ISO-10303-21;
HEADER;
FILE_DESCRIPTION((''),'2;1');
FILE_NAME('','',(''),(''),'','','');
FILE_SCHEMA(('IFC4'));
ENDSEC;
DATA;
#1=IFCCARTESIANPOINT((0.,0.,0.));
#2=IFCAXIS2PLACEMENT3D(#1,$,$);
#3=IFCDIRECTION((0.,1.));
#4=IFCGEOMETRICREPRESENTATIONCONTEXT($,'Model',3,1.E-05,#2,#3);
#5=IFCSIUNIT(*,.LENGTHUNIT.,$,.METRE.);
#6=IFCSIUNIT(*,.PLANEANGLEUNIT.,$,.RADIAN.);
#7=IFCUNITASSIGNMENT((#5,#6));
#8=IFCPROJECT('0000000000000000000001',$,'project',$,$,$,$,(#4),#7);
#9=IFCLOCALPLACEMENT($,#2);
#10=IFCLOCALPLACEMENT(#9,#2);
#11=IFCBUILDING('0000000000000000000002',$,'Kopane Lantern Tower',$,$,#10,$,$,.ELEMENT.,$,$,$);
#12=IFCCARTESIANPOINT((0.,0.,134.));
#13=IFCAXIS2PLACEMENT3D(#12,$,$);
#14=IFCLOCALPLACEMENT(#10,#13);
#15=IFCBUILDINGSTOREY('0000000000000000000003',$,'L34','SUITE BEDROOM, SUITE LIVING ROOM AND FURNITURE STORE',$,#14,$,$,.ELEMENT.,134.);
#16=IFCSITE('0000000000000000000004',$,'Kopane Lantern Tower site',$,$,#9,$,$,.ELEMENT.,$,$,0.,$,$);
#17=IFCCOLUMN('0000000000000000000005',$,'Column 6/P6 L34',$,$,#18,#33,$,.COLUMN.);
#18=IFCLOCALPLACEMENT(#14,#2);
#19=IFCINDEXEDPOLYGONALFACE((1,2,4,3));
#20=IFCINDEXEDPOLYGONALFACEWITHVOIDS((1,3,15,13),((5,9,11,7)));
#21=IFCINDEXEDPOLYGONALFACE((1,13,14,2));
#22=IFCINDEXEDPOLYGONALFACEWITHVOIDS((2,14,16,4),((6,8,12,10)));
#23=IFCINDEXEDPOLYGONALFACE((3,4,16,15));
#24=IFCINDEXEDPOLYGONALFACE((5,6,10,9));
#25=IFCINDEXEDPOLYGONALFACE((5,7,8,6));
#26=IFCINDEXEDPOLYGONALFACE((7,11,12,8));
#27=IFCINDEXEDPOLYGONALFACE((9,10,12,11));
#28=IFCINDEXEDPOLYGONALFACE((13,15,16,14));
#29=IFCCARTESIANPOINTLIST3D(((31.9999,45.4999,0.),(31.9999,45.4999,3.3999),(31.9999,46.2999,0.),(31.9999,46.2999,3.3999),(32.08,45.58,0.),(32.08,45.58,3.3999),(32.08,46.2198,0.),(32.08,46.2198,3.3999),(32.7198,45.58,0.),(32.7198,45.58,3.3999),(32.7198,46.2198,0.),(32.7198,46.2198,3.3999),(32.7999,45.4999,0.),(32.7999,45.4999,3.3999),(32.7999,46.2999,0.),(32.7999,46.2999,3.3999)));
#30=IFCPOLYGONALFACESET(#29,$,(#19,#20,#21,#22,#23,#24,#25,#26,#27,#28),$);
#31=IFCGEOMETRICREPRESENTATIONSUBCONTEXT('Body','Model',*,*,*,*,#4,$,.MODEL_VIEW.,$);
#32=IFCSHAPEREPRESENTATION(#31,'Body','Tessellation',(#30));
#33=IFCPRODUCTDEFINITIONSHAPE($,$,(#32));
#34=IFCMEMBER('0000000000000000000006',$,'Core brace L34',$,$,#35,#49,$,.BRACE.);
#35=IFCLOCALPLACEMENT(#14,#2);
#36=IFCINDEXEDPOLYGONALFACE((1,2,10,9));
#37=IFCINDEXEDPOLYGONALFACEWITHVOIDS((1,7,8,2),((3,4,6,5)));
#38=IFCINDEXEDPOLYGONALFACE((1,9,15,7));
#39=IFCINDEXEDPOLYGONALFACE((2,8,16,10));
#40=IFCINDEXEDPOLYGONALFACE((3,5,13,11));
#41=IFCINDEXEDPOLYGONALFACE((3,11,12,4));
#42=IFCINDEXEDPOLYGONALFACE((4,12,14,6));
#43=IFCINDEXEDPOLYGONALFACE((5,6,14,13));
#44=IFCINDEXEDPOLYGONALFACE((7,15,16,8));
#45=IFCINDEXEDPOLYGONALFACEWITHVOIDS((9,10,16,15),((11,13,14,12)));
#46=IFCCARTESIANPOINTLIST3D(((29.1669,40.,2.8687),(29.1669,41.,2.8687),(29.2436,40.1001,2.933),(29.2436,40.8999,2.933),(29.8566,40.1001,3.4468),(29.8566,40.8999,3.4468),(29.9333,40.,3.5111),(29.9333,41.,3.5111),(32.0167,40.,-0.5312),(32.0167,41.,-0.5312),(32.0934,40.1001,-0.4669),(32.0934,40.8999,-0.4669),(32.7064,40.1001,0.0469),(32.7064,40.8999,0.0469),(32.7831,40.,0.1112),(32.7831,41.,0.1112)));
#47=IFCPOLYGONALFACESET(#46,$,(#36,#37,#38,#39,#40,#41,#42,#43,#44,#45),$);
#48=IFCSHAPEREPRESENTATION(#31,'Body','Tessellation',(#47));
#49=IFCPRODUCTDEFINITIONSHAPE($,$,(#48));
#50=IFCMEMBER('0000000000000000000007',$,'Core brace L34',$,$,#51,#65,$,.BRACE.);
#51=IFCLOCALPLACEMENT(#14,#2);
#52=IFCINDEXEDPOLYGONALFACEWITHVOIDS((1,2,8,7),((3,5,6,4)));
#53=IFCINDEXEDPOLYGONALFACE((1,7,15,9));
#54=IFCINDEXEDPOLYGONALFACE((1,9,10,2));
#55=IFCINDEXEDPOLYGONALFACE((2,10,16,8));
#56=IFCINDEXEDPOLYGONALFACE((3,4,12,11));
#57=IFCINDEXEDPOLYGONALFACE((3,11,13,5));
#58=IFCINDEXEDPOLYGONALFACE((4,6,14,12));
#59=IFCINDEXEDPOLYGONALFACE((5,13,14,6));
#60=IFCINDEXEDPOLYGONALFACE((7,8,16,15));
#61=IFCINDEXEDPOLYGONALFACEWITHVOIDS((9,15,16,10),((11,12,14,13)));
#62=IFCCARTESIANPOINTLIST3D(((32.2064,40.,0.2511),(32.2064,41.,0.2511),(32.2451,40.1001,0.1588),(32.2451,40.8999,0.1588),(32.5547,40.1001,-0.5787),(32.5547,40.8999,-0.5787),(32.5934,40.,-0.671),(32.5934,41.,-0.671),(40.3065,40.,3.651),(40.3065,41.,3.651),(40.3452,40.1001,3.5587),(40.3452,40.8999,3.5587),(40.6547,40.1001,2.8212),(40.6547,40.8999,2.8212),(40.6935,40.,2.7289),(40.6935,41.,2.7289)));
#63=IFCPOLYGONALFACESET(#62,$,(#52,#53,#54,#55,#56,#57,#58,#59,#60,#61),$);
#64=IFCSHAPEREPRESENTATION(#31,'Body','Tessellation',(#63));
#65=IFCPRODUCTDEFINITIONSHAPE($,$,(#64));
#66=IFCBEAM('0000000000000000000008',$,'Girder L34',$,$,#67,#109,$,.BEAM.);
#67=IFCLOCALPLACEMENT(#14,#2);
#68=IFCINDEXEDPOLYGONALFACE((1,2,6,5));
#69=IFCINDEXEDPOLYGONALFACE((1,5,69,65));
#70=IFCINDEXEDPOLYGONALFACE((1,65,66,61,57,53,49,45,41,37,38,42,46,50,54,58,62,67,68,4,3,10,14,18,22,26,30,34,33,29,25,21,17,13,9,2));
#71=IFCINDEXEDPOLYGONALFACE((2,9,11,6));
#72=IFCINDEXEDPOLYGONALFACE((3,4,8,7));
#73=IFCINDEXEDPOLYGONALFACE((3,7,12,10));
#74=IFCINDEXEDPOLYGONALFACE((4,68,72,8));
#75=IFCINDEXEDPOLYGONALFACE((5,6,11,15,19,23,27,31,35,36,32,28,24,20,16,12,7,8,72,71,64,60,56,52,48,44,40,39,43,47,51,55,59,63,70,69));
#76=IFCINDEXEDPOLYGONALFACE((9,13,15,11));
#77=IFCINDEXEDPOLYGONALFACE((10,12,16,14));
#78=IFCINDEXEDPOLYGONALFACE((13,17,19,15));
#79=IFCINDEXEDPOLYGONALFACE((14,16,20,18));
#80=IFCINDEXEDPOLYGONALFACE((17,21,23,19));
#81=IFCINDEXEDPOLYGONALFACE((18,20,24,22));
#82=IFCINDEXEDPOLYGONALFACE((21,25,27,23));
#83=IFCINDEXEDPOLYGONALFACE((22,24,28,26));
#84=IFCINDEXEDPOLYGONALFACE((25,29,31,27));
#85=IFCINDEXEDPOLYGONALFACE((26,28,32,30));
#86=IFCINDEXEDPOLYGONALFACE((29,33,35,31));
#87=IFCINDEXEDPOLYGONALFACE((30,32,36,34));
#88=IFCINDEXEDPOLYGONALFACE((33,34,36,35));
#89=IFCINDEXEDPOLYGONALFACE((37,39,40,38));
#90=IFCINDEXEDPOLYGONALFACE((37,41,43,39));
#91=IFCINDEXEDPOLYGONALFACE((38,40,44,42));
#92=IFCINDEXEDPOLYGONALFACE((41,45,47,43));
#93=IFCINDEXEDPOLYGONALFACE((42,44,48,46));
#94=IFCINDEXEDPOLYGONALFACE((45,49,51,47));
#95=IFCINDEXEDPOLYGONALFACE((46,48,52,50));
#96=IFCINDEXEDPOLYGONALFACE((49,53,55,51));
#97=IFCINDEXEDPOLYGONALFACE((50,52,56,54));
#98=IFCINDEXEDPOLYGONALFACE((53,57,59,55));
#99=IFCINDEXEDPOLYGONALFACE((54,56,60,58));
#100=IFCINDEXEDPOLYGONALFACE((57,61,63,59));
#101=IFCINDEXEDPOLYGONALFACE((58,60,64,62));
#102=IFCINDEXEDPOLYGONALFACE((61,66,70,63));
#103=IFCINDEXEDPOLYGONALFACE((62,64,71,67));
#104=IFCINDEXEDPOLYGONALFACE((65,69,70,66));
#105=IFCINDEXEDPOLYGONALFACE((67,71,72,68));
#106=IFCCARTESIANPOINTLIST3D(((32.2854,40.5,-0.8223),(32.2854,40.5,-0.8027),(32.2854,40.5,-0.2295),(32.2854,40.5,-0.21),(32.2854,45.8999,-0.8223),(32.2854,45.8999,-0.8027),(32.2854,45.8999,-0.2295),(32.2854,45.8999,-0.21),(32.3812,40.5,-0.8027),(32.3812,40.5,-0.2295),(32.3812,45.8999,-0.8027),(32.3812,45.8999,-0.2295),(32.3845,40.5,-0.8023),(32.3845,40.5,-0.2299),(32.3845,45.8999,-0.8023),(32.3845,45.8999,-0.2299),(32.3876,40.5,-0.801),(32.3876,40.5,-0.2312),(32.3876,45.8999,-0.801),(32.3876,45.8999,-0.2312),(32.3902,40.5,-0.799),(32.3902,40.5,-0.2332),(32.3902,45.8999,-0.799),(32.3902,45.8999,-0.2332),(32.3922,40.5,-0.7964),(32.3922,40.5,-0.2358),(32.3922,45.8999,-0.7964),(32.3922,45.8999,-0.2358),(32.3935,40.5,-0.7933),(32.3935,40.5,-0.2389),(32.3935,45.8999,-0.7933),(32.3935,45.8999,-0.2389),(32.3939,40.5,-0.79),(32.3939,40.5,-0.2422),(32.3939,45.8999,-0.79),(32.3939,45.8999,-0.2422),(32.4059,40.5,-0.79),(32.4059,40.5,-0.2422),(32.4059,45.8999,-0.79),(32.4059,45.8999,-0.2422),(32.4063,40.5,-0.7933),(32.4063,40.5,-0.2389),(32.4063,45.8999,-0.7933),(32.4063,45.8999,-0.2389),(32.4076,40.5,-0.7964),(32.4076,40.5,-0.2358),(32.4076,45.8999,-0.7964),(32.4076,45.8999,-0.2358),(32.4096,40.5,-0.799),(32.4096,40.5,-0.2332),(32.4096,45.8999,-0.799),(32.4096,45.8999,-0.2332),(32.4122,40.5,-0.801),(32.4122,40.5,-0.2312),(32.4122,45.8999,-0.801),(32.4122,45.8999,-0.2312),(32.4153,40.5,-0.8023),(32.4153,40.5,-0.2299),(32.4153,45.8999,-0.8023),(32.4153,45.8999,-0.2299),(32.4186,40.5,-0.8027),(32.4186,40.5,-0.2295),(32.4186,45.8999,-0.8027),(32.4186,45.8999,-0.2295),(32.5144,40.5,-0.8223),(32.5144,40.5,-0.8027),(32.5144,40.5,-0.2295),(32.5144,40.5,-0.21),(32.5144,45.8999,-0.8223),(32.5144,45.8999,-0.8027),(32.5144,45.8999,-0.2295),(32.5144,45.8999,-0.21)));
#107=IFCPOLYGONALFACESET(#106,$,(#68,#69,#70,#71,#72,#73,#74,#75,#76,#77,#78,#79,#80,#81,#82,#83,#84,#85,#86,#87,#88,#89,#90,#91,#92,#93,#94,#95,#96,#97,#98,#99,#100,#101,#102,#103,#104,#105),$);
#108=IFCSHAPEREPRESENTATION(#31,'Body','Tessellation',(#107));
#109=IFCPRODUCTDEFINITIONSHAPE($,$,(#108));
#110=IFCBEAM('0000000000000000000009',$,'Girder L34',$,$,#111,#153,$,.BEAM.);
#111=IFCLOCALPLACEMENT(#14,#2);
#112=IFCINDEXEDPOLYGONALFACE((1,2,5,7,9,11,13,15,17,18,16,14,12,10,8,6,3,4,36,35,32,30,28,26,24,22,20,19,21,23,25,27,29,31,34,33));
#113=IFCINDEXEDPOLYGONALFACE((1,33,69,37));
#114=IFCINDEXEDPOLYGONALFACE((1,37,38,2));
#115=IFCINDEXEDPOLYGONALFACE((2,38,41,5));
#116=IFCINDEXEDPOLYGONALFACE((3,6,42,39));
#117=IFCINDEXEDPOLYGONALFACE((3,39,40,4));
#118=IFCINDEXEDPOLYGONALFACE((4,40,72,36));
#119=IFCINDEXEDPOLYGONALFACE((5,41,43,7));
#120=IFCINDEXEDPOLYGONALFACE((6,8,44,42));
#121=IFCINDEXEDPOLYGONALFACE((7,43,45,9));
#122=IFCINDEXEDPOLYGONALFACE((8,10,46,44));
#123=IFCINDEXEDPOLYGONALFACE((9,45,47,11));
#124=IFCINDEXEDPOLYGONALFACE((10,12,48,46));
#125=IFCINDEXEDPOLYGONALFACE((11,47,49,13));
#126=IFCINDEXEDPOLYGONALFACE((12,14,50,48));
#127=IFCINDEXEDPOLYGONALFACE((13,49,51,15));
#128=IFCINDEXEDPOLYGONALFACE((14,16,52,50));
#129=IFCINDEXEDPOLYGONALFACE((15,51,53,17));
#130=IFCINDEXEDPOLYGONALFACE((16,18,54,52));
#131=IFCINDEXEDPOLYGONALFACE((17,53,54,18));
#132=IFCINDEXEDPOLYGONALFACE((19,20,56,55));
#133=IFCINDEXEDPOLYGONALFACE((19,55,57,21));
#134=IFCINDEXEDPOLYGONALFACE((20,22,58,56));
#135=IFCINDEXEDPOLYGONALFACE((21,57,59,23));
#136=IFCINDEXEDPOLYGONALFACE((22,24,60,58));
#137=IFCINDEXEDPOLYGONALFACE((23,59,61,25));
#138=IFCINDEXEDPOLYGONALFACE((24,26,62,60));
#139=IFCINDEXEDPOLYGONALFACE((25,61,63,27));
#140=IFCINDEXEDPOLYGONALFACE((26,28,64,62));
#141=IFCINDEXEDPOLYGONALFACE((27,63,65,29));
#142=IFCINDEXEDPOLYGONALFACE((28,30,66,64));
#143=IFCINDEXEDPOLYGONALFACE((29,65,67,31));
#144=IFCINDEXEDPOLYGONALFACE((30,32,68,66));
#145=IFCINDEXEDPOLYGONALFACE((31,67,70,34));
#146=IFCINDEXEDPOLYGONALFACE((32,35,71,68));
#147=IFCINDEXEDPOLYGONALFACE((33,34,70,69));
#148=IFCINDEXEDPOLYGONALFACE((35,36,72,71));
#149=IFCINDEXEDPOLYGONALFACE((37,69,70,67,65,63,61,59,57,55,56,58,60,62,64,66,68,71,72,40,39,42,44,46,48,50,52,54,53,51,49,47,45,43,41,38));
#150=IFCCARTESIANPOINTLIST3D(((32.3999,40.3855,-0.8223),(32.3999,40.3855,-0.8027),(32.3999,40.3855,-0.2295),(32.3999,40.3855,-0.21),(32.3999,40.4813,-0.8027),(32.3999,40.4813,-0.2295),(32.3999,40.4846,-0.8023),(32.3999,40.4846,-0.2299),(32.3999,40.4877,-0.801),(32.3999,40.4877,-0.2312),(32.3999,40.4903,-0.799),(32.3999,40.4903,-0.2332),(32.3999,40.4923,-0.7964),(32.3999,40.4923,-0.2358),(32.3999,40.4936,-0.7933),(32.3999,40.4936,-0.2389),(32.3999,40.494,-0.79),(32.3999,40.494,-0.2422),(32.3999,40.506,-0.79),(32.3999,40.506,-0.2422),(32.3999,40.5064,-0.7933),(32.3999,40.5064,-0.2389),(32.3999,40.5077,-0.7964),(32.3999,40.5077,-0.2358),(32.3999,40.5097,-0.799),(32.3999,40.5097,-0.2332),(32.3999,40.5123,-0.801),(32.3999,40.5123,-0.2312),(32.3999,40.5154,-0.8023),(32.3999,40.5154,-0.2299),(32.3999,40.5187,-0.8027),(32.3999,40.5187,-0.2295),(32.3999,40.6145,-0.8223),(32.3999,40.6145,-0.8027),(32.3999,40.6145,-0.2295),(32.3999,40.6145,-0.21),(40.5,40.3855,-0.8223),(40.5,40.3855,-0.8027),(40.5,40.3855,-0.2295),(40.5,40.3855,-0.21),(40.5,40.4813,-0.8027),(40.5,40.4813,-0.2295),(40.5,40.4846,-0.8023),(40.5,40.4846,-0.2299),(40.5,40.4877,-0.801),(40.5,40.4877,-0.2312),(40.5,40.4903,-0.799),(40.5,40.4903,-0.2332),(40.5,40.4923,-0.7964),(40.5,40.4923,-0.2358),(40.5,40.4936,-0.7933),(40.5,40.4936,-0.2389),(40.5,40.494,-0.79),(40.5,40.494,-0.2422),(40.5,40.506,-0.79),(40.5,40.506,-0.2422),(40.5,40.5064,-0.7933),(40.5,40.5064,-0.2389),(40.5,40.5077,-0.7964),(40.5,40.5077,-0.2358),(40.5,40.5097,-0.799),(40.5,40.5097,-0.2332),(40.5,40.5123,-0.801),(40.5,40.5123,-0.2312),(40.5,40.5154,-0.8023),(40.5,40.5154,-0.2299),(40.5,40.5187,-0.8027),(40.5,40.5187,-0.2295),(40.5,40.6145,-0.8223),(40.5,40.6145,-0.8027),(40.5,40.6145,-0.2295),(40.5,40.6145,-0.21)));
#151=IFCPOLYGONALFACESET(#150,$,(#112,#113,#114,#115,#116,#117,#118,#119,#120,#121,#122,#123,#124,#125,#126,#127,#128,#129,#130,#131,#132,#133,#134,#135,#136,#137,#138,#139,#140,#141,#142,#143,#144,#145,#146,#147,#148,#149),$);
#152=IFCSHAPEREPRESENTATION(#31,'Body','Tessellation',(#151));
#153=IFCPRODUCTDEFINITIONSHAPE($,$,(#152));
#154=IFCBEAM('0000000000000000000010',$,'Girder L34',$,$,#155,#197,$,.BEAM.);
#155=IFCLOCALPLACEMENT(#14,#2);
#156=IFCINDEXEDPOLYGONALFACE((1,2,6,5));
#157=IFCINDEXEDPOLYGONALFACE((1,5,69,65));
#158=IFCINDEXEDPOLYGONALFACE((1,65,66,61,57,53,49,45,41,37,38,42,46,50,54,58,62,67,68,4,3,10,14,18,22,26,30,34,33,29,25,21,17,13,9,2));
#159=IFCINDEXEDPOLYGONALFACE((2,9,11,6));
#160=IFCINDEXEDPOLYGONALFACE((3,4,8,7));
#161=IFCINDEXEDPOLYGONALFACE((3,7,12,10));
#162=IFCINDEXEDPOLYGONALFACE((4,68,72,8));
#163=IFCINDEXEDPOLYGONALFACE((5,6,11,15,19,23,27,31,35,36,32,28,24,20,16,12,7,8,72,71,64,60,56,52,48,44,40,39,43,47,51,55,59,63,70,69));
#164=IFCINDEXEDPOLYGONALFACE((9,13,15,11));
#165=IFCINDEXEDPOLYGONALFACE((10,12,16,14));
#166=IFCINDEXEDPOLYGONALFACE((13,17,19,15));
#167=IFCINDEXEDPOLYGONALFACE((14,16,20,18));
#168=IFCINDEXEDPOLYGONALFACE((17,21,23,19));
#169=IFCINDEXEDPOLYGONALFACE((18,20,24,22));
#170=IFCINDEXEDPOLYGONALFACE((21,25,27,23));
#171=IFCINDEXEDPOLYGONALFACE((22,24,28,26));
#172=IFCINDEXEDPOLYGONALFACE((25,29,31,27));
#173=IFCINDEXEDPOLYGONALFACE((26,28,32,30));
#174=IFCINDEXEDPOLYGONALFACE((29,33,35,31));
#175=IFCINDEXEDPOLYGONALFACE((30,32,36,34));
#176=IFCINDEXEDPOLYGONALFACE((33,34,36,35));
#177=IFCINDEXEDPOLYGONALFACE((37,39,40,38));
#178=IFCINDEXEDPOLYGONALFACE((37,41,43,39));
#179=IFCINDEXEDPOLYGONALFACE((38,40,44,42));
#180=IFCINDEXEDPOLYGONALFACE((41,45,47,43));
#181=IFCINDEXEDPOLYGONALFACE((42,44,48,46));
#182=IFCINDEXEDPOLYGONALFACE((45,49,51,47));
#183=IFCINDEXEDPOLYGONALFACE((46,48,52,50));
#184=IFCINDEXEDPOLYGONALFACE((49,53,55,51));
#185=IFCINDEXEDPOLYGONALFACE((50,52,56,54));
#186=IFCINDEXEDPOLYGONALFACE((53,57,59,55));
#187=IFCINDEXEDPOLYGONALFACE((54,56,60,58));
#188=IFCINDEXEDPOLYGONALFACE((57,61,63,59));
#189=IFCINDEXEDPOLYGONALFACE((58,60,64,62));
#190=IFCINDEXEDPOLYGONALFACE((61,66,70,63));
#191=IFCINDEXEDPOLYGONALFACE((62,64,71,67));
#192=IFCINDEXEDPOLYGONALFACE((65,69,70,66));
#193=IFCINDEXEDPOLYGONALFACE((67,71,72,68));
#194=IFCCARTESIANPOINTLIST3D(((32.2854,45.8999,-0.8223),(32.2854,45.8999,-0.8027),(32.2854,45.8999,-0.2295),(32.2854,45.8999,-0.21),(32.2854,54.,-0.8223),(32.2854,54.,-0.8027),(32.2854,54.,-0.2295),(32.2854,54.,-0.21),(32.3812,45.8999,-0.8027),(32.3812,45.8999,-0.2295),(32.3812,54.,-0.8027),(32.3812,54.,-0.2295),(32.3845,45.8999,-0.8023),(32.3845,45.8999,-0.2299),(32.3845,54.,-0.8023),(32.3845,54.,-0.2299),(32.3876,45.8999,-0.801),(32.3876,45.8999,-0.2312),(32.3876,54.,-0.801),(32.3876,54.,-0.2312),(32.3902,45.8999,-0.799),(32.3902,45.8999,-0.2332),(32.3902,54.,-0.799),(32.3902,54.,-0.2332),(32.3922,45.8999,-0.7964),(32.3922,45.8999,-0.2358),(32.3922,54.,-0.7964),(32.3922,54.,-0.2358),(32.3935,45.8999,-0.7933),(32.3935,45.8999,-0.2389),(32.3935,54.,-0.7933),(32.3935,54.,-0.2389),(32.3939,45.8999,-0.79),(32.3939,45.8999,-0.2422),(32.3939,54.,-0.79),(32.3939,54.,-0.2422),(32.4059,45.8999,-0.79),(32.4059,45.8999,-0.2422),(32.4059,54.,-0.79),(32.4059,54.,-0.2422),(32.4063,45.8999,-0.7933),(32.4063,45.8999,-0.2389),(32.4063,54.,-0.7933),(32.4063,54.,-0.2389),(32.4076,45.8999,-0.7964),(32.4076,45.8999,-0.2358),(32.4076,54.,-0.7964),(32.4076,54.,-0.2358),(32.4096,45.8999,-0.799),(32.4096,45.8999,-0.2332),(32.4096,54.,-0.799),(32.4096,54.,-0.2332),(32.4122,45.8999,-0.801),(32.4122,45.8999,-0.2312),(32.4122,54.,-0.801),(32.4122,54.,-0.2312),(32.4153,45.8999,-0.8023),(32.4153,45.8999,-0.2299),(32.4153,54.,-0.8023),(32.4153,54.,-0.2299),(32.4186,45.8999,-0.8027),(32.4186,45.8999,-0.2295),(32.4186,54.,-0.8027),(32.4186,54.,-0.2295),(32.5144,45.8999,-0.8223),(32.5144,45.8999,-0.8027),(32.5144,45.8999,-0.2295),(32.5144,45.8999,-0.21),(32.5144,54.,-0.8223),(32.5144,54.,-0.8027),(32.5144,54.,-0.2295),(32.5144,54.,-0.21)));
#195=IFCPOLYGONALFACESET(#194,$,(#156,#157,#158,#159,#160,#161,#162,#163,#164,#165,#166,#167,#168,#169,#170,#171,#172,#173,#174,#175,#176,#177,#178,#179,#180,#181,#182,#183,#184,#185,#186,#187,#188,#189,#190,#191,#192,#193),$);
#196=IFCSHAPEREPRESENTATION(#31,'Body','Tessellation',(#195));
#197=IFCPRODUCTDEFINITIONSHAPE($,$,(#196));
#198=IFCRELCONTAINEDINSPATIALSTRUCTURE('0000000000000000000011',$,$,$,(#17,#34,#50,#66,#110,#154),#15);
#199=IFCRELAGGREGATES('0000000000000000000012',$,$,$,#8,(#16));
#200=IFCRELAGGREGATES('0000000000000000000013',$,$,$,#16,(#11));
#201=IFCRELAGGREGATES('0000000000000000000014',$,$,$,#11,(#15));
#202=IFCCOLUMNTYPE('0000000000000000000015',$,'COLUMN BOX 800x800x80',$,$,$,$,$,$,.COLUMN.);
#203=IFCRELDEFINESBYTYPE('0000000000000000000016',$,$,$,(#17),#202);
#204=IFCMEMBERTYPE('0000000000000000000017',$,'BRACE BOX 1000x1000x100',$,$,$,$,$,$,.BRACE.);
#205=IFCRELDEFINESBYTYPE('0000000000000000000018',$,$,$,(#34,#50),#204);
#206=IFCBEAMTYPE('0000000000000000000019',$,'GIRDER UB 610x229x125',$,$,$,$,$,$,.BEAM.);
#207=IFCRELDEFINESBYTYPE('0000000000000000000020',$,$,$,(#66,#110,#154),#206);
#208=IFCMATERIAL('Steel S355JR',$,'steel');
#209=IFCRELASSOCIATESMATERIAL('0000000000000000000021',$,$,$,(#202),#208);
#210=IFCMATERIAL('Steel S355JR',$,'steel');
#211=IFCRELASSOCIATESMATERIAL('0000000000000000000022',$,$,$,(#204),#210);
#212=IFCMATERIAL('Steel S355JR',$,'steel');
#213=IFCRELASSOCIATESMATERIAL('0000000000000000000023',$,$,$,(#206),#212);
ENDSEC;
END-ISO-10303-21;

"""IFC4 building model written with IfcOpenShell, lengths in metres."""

from ifc_helpers import new_model, si_unit, direction, frame, origin, origin_2d, place, context, subcontext, project, spatial, hollow_rectangle, i_section, extrude, material, material_profile, profile_set, type_object, element, save


model = new_model("IFC4")

# Units and contexts
model_context = context("Model", 3, precision=1e-05, world=origin(), true_north=direction((0.0, 1.0)))
body_context = subcontext(model_context, "Body", "Model", "MODEL_VIEW")
ifc_project = project(units=[si_unit("LENGTHUNIT", "METRE"), si_unit("PLANEANGLEUNIT", "RADIAN")], contexts=[model_context])

# Site, building, storey
site_placement = place(None, origin())
site = spatial("IfcSite", under=ifc_project, at=site_placement, Name="Kopane Lantern Tower site", CompositionType="ELEMENT", RefElevation=0.0)
building_placement = place(site_placement, origin())
building = spatial("IfcBuilding", under=site, at=building_placement, Name="Kopane Lantern Tower", CompositionType="ELEMENT")
storey_placement = place(building_placement, frame((0.0, 0.0, 134.0)))
storey = spatial("IfcBuildingStorey", under=building, at=storey_placement, Name="L34", Description="SUITE BEDROOM, SUITE LIVING ROOM AND FURNITURE STORE", CompositionType="ELEMENT", Elevation=134.0)

# Column
ifc_material_1 = material(Name="Steel S355JR", Category="steel")
ifc_material_profile_1 = material_profile(ifc_material_1, hollow_rectangle(XDim=0.8, YDim=0.8, WallThickness=0.0801, at=origin_2d()), Name="BOX 800x800x80")
ifc_profile_set_1 = profile_set([ifc_material_profile_1], Name="Steel S355JR")
column_type = type_object("IfcColumnType", Name="COLUMN BOX 800x800x80", PredefinedType="COLUMN", material=ifc_profile_set_1)
column_placement = place(storey_placement, frame((32.3999, 45.8999, 0.0), z_axis=(0.0, 0.0, 1.0), x_axis=(1.0, 0.0, 0.0)))
element("IfcColumn", 1, at=column_placement, inside=storey, type_object=column_type, Name="Column 6/P6 L34", PredefinedType="COLUMN", context=body_context, shape_type="SweptSolid", body=[
    extrude(hollow_rectangle(XDim=0.8, YDim=0.8, WallThickness=0.0801, at=origin_2d()), origin(), (0.0, 0.0, 1.0), 3.3999),
])

# Members
ifc_material_2 = material(Name="Steel S355JR", Category="steel")
ifc_material_profile_2 = material_profile(ifc_material_2, hollow_rectangle(XDim=1.0, YDim=1.0, WallThickness=0.1001, at=origin_2d()), Name="BOX 1000x1000x100")
ifc_profile_set_2 = profile_set([ifc_material_profile_2], Name="Steel S355JR")
member_type = type_object("IfcMemberType", Name="BRACE BOX 1000x1000x100", PredefinedType="BRACE", material=ifc_profile_set_2)
member_1_placement = place(storey_placement, frame((32.3999, 40.5, -0.21), z_axis=(-0.64239, 0.0, 0.766378), x_axis=(0.0, -1.0, 0.0)))
element("IfcMember", 2, at=member_1_placement, inside=storey, type_object=member_type, Name="Core brace L34", PredefinedType="BRACE", context=body_context, shape_type="SweptSolid", body=[
    extrude(hollow_rectangle(XDim=1.0, YDim=1.0, WallThickness=0.1001, at=origin_2d()), origin(), (0.0, 0.0, 1.0), 4.4363),
])
member_2_placement = place(storey_placement, frame((32.3999, 40.5, -0.21), z_axis=(0.922069, 0.0, 0.387026), x_axis=(0.0, 1.0, 0.0)))
element("IfcMember", 3, at=member_2_placement, inside=storey, type_object=member_type, Name="Core brace L34", PredefinedType="BRACE", context=body_context, shape_type="SweptSolid", body=[
    extrude(hollow_rectangle(XDim=1.0, YDim=1.0, WallThickness=0.1001, at=origin_2d()), origin(), (0.0, 0.0, 1.0), 8.7847),
])

# Beams
ifc_material_3 = material(Name="Steel S355JR", Category="steel")
ifc_material_profile_3 = material_profile(ifc_material_3, i_section(OverallWidth=0.229, OverallDepth=0.6123, WebThickness=0.012, FlangeThickness=0.0195, FilletRadius=0.0127, at=origin_2d()), Name="UB 610x229x125")
ifc_profile_set_3 = profile_set([ifc_material_profile_3], Name="Steel S355JR")
beam_type = type_object("IfcBeamType", Name="GIRDER UB 610x229x125", PredefinedType="BEAM", material=ifc_profile_set_3)
beam_placement = place(storey_placement, frame((32.3999, 40.5, -0.5161), z_axis=(0.0, 1.0, 0.0), x_axis=(-1.0, 0.0, 0.0)))
element("IfcBeam", 4, at=beam_placement, inside=storey, type_object=beam_type, Name="Girder L34", PredefinedType="BEAM", context=body_context, shape_type="SweptSolid", body=[
    extrude(i_section(OverallWidth=0.229, OverallDepth=0.6123, WebThickness=0.012, FlangeThickness=0.0195, FilletRadius=0.0127, at=origin_2d()), origin(), (0.0, 0.0, 1.0), 5.3999),
])
for number, where, z_axis, x_axis, name in (
    (5, (32.3999, 40.5, -0.5161), (1.0, 0.0, 0.0), (0.0, 1.0, 0.0), "Girder L34"),
    (6, (32.3999, 45.8999, -0.5161), (0.0, 1.0, 0.0), (-1.0, 0.0, 0.0), "Girder L34"),
):
    element("IfcBeam", number, at=place(storey_placement, frame(where, z_axis=z_axis, x_axis=x_axis)), inside=storey, type_object=beam_type, Name=name, PredefinedType="BEAM", context=body_context, shape_type="SweptSolid", body=[
        extrude(i_section(OverallWidth=0.229, OverallDepth=0.6123, WebThickness=0.012, FlangeThickness=0.0195, FilletRadius=0.0127, at=origin_2d()), origin(), (0.0, 0.0, 1.0), 8.1001),
    ])

save(model, "model.ifc")
